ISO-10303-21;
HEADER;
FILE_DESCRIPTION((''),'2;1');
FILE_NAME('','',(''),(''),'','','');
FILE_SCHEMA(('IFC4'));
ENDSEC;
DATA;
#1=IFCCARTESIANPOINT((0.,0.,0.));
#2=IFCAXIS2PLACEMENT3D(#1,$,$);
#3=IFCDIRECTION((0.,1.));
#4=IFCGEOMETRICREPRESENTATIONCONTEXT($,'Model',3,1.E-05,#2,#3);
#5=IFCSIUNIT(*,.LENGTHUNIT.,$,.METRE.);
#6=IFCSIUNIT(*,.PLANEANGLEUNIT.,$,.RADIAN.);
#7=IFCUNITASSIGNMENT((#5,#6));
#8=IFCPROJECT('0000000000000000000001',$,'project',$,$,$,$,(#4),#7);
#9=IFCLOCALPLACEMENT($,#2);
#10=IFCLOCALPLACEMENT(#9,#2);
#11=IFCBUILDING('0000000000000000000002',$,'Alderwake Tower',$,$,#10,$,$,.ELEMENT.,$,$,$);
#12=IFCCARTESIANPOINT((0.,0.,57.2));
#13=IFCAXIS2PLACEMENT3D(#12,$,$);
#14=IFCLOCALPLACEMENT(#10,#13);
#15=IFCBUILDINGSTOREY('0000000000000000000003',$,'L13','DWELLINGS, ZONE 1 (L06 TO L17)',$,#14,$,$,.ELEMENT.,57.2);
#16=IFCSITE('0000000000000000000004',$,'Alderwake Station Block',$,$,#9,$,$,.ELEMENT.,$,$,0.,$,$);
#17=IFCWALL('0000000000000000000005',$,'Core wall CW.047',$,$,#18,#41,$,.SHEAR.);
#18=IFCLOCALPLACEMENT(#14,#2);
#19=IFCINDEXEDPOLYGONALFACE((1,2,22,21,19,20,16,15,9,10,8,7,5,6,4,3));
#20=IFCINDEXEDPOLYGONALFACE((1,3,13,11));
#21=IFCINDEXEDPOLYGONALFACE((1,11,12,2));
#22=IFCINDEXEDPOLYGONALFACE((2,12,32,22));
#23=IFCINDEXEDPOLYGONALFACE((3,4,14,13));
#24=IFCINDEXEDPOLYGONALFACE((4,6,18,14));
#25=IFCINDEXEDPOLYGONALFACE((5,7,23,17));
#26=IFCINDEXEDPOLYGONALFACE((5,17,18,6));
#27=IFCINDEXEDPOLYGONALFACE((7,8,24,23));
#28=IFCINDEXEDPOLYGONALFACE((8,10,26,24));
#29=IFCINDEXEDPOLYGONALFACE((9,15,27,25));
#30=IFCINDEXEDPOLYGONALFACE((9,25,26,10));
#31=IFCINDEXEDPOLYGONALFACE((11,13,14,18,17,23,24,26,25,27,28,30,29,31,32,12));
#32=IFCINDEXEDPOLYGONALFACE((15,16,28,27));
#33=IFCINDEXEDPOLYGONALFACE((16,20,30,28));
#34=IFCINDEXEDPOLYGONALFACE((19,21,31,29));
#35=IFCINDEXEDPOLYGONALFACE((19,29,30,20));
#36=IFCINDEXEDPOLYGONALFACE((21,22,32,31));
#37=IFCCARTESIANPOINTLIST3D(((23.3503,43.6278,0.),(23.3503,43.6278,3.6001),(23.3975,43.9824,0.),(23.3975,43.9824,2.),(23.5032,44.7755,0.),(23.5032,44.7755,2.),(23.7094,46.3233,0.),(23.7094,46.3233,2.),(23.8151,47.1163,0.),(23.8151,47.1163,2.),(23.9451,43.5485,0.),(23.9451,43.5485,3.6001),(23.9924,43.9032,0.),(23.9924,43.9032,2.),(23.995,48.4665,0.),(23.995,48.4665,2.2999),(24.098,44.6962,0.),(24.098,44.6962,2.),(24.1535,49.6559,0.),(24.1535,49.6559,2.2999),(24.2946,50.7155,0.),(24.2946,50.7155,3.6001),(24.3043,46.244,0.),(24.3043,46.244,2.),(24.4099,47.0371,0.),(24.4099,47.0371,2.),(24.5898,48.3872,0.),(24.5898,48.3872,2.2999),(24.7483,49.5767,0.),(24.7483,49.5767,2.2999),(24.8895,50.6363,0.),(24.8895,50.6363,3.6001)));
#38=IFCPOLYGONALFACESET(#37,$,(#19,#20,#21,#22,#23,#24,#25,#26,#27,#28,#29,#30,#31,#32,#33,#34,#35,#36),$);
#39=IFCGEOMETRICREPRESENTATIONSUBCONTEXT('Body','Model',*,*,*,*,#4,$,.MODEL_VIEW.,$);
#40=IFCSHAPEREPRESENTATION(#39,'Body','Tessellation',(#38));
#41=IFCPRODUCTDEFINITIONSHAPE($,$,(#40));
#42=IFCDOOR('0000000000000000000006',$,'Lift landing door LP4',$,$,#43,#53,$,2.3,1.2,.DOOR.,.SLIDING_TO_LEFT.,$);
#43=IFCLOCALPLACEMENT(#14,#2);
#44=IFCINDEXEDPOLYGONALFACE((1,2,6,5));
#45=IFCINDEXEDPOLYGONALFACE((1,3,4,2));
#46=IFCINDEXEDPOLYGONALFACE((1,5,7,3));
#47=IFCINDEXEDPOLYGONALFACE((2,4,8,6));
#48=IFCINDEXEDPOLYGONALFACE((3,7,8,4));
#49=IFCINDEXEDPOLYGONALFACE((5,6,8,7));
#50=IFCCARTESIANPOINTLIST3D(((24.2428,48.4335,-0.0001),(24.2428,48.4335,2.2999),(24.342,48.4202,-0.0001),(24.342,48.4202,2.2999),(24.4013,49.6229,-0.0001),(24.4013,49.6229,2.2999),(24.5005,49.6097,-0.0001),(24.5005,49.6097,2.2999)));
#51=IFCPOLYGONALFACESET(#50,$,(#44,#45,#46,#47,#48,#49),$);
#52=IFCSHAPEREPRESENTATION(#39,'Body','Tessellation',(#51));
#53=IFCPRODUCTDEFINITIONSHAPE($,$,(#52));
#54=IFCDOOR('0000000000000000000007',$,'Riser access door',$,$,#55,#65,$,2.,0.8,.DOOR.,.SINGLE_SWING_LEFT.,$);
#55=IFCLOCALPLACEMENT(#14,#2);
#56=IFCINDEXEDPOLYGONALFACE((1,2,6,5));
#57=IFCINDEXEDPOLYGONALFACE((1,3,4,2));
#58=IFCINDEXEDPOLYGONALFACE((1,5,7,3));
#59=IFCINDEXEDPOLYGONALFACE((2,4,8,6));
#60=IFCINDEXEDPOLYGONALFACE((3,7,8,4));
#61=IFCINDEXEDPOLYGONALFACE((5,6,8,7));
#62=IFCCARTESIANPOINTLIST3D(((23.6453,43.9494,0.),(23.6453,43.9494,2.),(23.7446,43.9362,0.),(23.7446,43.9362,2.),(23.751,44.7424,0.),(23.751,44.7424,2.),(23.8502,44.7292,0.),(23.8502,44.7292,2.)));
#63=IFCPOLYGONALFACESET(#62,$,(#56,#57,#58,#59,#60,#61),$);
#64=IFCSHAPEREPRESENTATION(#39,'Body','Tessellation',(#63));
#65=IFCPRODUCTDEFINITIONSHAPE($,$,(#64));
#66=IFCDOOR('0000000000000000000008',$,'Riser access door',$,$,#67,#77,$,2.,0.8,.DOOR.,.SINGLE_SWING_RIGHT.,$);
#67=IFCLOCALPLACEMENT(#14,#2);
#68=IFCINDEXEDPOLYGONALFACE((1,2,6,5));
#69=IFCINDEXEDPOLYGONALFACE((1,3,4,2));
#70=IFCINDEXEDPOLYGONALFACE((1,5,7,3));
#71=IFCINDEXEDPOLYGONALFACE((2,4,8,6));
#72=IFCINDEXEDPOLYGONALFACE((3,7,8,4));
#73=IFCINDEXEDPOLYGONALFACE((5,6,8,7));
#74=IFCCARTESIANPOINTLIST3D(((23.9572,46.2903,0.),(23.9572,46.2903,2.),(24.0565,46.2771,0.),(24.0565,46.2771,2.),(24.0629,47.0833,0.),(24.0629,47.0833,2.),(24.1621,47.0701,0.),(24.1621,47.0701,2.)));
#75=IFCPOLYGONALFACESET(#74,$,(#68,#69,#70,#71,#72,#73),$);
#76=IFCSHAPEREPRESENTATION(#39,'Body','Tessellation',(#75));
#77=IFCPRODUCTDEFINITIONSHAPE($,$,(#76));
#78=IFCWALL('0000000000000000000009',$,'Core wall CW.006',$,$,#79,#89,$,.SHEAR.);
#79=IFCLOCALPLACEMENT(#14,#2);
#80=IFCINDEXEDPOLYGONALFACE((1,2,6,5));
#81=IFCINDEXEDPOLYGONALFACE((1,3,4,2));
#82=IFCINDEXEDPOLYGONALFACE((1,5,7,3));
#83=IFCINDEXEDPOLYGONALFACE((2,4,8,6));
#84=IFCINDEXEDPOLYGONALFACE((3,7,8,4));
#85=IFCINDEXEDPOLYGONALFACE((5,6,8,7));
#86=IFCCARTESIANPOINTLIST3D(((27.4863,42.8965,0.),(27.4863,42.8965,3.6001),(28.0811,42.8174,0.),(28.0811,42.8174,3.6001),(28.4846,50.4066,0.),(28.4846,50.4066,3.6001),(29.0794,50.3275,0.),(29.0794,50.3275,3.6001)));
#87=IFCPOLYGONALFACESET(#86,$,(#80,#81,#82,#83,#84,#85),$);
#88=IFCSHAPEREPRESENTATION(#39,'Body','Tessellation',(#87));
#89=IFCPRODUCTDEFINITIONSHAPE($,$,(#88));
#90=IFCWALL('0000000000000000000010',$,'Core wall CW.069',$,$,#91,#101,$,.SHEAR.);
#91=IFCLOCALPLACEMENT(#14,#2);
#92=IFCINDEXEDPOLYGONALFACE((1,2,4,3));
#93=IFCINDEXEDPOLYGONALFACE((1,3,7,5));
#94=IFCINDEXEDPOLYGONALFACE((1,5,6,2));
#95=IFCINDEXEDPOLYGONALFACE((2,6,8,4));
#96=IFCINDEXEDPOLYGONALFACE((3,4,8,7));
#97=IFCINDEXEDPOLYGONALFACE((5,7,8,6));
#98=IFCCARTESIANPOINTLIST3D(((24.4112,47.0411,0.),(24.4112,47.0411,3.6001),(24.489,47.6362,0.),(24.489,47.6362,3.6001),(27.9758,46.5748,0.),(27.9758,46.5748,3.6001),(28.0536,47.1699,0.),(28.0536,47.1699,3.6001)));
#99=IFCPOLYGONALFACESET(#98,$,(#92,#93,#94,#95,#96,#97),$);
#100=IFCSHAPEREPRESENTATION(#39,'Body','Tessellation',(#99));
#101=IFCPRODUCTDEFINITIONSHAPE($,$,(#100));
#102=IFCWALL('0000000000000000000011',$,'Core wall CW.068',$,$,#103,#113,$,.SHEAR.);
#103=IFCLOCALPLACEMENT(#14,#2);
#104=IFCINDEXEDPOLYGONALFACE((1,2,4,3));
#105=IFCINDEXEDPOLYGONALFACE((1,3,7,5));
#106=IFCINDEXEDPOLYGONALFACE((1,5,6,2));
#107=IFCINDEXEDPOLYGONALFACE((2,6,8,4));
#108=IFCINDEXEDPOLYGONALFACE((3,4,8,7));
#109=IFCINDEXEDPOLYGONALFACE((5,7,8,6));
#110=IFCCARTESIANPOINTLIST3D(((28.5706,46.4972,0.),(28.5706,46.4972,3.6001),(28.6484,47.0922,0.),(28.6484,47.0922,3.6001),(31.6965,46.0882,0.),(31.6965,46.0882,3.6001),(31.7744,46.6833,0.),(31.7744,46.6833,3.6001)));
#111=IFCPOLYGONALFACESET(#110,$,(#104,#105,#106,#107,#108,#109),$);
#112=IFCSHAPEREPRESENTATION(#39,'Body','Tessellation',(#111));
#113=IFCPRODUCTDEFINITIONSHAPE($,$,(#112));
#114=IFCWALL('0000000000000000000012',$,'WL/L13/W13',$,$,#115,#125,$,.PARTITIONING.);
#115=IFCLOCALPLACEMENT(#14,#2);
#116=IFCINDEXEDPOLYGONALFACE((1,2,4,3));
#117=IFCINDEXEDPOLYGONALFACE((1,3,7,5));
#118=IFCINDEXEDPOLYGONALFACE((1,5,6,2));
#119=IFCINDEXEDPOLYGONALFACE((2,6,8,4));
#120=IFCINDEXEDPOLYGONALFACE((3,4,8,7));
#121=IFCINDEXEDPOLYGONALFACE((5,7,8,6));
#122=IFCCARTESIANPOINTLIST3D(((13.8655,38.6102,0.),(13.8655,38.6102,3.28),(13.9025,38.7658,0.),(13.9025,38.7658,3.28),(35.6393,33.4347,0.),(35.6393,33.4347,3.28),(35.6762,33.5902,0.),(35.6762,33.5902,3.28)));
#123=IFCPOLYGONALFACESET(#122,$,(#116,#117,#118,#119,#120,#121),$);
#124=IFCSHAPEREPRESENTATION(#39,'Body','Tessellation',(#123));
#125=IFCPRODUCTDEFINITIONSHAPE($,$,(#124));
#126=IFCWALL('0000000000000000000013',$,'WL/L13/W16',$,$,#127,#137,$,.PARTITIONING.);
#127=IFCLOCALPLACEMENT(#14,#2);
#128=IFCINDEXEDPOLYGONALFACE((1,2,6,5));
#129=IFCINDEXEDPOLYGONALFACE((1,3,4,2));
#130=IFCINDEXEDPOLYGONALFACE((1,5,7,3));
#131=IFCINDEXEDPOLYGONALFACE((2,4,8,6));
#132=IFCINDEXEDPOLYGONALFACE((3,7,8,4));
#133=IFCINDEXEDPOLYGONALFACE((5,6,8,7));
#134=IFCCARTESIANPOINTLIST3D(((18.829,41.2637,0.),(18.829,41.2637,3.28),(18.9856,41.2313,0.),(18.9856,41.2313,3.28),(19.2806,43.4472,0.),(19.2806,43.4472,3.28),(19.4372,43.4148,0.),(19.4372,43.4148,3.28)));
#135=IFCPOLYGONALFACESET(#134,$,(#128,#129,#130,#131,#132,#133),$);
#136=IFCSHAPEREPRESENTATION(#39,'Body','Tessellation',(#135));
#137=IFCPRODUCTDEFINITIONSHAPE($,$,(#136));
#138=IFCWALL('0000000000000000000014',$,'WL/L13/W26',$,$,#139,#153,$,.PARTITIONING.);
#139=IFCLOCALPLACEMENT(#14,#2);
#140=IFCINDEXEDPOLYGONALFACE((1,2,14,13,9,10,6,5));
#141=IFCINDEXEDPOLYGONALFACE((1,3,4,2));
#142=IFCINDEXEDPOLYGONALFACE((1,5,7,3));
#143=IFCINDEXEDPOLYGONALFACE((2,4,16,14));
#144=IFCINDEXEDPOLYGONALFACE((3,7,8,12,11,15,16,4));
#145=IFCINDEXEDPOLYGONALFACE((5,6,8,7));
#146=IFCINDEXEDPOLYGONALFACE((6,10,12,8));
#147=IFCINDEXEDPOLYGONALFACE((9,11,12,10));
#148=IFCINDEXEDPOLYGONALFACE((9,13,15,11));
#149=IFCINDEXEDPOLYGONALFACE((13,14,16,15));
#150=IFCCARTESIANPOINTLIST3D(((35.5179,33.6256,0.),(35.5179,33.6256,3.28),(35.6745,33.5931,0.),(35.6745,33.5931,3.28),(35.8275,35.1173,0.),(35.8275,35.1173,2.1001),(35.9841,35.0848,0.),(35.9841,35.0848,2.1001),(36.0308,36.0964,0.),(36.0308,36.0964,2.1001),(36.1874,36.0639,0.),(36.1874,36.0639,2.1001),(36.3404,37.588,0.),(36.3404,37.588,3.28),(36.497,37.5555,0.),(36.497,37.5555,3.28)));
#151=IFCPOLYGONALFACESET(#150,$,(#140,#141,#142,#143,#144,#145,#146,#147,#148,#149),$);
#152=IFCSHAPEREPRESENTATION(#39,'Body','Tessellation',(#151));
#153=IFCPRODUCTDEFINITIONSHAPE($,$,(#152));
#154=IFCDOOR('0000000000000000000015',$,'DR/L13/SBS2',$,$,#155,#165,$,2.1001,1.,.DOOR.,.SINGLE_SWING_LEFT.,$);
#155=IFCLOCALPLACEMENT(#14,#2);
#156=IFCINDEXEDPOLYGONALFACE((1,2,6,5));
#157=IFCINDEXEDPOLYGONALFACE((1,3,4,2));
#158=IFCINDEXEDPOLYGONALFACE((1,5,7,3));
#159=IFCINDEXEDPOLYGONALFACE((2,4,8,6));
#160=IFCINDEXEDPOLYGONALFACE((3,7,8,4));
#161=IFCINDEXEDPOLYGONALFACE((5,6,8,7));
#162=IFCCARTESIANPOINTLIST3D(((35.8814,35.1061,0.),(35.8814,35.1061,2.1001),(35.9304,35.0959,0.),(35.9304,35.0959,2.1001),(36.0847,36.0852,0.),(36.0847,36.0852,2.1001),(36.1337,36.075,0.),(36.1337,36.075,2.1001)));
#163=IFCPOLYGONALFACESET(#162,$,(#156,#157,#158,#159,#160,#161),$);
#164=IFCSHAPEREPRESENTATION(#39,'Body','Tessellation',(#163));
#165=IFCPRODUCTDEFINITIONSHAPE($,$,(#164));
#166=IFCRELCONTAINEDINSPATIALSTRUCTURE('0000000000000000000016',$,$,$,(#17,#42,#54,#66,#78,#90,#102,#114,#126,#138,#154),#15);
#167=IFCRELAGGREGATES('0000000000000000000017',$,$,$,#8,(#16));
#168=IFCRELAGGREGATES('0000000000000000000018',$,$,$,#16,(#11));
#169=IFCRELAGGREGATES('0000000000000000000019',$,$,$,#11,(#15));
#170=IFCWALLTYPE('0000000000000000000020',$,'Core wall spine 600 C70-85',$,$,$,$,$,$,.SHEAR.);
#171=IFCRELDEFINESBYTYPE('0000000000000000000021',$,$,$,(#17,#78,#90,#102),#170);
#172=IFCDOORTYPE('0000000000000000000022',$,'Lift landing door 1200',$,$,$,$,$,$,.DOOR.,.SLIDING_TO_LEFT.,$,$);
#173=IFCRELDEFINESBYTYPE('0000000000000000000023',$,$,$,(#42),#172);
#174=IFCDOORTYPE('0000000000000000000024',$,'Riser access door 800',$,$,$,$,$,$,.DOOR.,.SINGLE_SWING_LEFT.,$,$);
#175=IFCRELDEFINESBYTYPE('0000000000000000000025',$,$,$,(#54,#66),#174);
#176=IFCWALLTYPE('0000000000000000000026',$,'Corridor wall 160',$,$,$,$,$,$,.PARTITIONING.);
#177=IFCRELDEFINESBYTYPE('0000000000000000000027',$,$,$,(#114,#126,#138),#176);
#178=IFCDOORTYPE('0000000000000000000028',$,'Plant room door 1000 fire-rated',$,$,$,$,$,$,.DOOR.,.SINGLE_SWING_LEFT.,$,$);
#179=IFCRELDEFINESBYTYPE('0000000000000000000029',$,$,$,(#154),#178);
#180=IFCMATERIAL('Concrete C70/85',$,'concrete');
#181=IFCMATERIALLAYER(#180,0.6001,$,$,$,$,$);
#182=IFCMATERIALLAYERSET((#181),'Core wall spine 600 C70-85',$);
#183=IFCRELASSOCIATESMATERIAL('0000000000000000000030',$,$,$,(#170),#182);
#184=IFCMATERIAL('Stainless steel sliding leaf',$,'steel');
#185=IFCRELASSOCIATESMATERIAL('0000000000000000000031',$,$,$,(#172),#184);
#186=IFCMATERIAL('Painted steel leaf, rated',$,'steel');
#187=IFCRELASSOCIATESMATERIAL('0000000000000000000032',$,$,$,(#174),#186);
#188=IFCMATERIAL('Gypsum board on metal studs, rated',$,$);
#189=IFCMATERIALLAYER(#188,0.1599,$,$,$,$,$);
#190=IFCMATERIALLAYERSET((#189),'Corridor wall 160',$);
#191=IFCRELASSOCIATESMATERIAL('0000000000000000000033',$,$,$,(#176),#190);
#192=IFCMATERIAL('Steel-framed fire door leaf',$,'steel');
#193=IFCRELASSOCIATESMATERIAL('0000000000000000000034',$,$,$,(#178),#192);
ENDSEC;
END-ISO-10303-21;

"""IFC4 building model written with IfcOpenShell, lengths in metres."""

from ifc_helpers import new_model, si_unit, direction, frame, frame_2d, origin, place, context, subcontext, project, spatial, rectangle, extrude, material, layer, layer_set, type_object, element, fill, save


model = new_model("IFC4")

# Units and contexts
model_context = context("Model", 3, precision=1e-05, world=origin(), true_north=direction((0.0, 1.0)))
body_context = subcontext(model_context, "Body", "Model", "MODEL_VIEW")
ifc_project = project(units=[si_unit("LENGTHUNIT", "METRE"), si_unit("PLANEANGLEUNIT", "RADIAN")], contexts=[model_context])

# Site, building, storey
site_placement = place(None, origin())
site = spatial("IfcSite", under=ifc_project, at=site_placement, Name="Alderwake Station Block", CompositionType="ELEMENT", RefElevation=0.0)
building_placement = place(site_placement, origin())
building = spatial("IfcBuilding", under=site, at=building_placement, Name="Alderwake Tower", CompositionType="ELEMENT")
storey_placement = place(building_placement, frame((0.0, 0.0, 57.2)))
storey = spatial("IfcBuildingStorey", under=building, at=storey_placement, Name="L13", Description="DWELLINGS, ZONE 1 (L06 TO L17)", CompositionType="ELEMENT", Elevation=57.2)

# Wall, openings, doors
ifc_material_1 = material(Name="Concrete C70/85", Category="concrete")
ifc_layer_1 = layer(ifc_material_1, 0.6001)
ifc_layer_set_1 = layer_set([ifc_layer_1], Name="Core wall spine 600 C70-85")
wall_type_1 = type_object("IfcWallType", Name="Core wall spine 600 C70-85", PredefinedType="SHEAR", material=ifc_layer_set_1)
wall_1_placement = place(storey_placement, frame((23.6477, 43.5881, 0.0), z_axis=(0.0, 0.0, 1.0), x_axis=(0.13207, 0.99124, 0.0)))
wall_1 = element("IfcWall", 1, at=wall_1_placement, inside=storey, type_object=wall_type_1, Name="Core wall CW.047", PredefinedType="SHEAR", context=body_context, shape_type="SweptSolid", body=[
    extrude(rectangle(XDim=7.1504, YDim=0.6001, at=frame_2d((3.5752, 0.0))), origin(), (0.0, 0.0, 1.0), 3.6001),
])
opening_1_placement = place(wall_1_placement, frame((4.8813, 0.0, 0.0)))
opening_1 = element("IfcOpeningElement", 2, at=opening_1_placement, cuts=wall_1, PredefinedType="OPENING", context=body_context, shape_type="SweptSolid", body=[
    extrude(rectangle(XDim=1.2, YDim=2.3, at=frame_2d((0.6001, 1.1499))), frame((0.0, 0.3101, 0.0), z_axis=(0.0, -1.0, 0.0), x_axis=(1.0, 0.0, 0.0)), (0.0, 0.0, 1.0), 0.6201),
])
opening_2_placement = place(wall_1_placement, frame((0.3579, 0.0, 0.0)))
opening_2 = element("IfcOpeningElement", 3, at=opening_2_placement, cuts=wall_1, PredefinedType="OPENING", context=body_context, shape_type="SweptSolid", body=[
    extrude(rectangle(XDim=0.8, YDim=2.0, at=frame_2d((0.3999, 1.0))), frame((0.0, 0.3101, 0.0), z_axis=(0.0, -1.0, 0.0), x_axis=(1.0, 0.0, 0.0)), (0.0, 0.0, 1.0), 0.6201),
])
opening_3_placement = place(wall_1_placement, frame((2.7195, 0.0, 0.0)))
opening_3 = element("IfcOpeningElement", 4, at=opening_3_placement, cuts=wall_1, PredefinedType="OPENING", context=body_context, shape_type="SweptSolid", body=[
    extrude(rectangle(XDim=0.8, YDim=2.0, at=frame_2d((0.3999, 1.0))), frame((0.0, 0.3101, 0.0), z_axis=(0.0, -1.0, 0.0), x_axis=(1.0, 0.0, 0.0)), (0.0, 0.0, 1.0), 0.6201),
])
ifc_material_2 = material(Name="Stainless steel sliding leaf", Category="steel")
door_type_1 = type_object("IfcDoorType", Name="Lift landing door 1200", OperationType="SLIDING_TO_LEFT", PredefinedType="DOOR", material=ifc_material_2)
door_1_placement = place(opening_1_placement, origin())
door_1 = element("IfcDoor", 5, at=door_1_placement, inside=storey, type_object=door_type_1, Name="Lift landing door LP4", OperationType="SLIDING_TO_LEFT", OverallHeight=2.3, OverallWidth=1.2, PredefinedType="DOOR", context=body_context, shape_type="SweptSolid", body=[
    extrude(rectangle(XDim=1.2, YDim=2.3, at=frame_2d((0.6001, 1.1499))), frame((0.0, 0.05, 0.0), z_axis=(0.0, -1.0, 0.0), x_axis=(1.0, 0.0, 0.0)), (0.0, 0.0, 1.0), 0.1001),
])
fill(opening_1, door_1)
ifc_material_3 = material(Name="Painted steel leaf, rated", Category="steel")
door_type_2 = type_object("IfcDoorType", Name="Riser access door 800", OperationType="SINGLE_SWING_LEFT", PredefinedType="DOOR", material=ifc_material_3)
door_2_placement = place(opening_2_placement, origin())
door_2 = element("IfcDoor", 6, at=door_2_placement, inside=storey, type_object=door_type_2, Name="Riser access door", OperationType="SINGLE_SWING_LEFT", OverallHeight=2.0, OverallWidth=0.8, PredefinedType="DOOR", context=body_context, shape_type="SweptSolid", body=[
    extrude(rectangle(XDim=0.8, YDim=2.0, at=frame_2d((0.3999, 1.0))), frame((0.0, 0.05, 0.0), z_axis=(0.0, -1.0, 0.0), x_axis=(1.0, 0.0, 0.0)), (0.0, 0.0, 1.0), 0.1001),
])
fill(opening_2, door_2)
door_3_placement = place(opening_3_placement, origin())
door_3 = element("IfcDoor", 7, at=door_3_placement, inside=storey, type_object=door_type_2, Name="Riser access door", OperationType="SINGLE_SWING_RIGHT", OverallHeight=2.0, OverallWidth=0.8, PredefinedType="DOOR", context=body_context, shape_type="SweptSolid", body=[
    extrude(rectangle(XDim=0.8, YDim=2.0, at=frame_2d((0.3999, 1.0))), frame((0.0, 0.05, 0.0), z_axis=(0.0, -1.0, 0.0), x_axis=(1.0, 0.0, 0.0)), (0.0, 0.0, 1.0), 0.1001),
])
fill(opening_3, door_3)

# Walls
wall_2_placement = place(storey_placement, frame((27.7837, 42.8569, 0.0), z_axis=(0.0, 0.0, 1.0), x_axis=(0.131769, 0.99128, 0.0)))
element("IfcWall", 8, at=wall_2_placement, inside=storey, type_object=wall_type_1, Name="Core wall CW.006", PredefinedType="SHEAR", context=body_context, shape_type="SweptSolid", body=[
    extrude(rectangle(XDim=7.5762, YDim=0.6001, at=frame_2d((3.7881, 0.0))), origin(), (0.0, 0.0, 1.0), 3.6001),
])
wall_3_placement = place(storey_placement, frame((24.4502, 47.3386, 0.0), z_axis=(0.0, 0.0, 1.0), x_axis=(0.991552, -0.129708, 0.0)))
element("IfcWall", 9, at=wall_3_placement, inside=storey, type_object=wall_type_1, Name="Core wall CW.069", PredefinedType="SHEAR", context=body_context, shape_type="SweptSolid", body=[
    extrude(rectangle(XDim=3.595, YDim=0.6001, at=frame_2d((1.7974, 0.0))), origin(), (0.0, 0.0, 1.0), 3.6001),
])
wall_4_placement = place(storey_placement, frame((28.6096, 46.7947, 0.0), z_axis=(0.0, 0.0, 1.0), x_axis=(0.991552, -0.129713, 0.0)))
element("IfcWall", 10, at=wall_4_placement, inside=storey, type_object=wall_type_1, Name="Core wall CW.068", PredefinedType="SHEAR", context=body_context, shape_type="SweptSolid", body=[
    extrude(rectangle(XDim=3.1526, YDim=0.6001, at=frame_2d((1.5762, 0.0))), origin(), (0.0, 0.0, 1.0), 3.6001),
])
ifc_material_4 = material(Name="Gypsum board on metal studs, rated")
ifc_layer_2 = layer(ifc_material_4, 0.1599)
ifc_layer_set_2 = layer_set([ifc_layer_2], Name="Corridor wall 160")
wall_type_2 = type_object("IfcWallType", Name="Corridor wall 160", PredefinedType="PARTITIONING", material=ifc_layer_set_2)
wall_5_placement = place(storey_placement, frame((13.884, 38.688, 0.0), z_axis=(0.0, 0.0, 1.0), x_axis=(0.972893, -0.231254, 0.0)))
element("IfcWall", 11, at=wall_5_placement, inside=storey, type_object=wall_type_2, Name="WL/L13/W13", PredefinedType="PARTITIONING", context=body_context, shape_type="SweptSolid", body=[
    extrude(rectangle(XDim=22.3804, YDim=0.1599, at=frame_2d((11.1902, 0.0))), origin(), (0.0, 0.0, 1.0), 3.28),
])
wall_6_placement = place(storey_placement, frame((19.3589, 43.4309, 0.0), z_axis=(0.0, 0.0, 1.0), x_axis=(-0.202555, -0.979271, 0.0)))
element("IfcWall", 12, at=wall_6_placement, inside=storey, type_object=wall_type_2, Name="WL/L13/W16", PredefinedType="PARTITIONING", context=body_context, shape_type="SweptSolid", body=[
    extrude(rectangle(XDim=2.2297, YDim=0.1599, at=frame_2d((1.1147, 0.0))), origin(), (0.0, 0.0, 1.0), 3.28),
])

# Wall, opening, door
wall_7_placement = place(storey_placement, frame((35.5962, 33.6094, 0.0), z_axis=(0.0, 0.0, 1.0), x_axis=(0.203246, 0.979128, 0.0)))
wall_7 = element("IfcWall", 13, at=wall_7_placement, inside=storey, type_object=wall_type_2, Name="WL/L13/W26", PredefinedType="PARTITIONING", context=body_context, shape_type="SweptSolid", body=[
    extrude(rectangle(XDim=4.0469, YDim=0.1599, at=frame_2d((2.0234, 0.0))), origin(), (0.0, 0.0, 1.0), 3.28),
])
opening_4_placement = place(wall_7_placement, frame((1.5234, 0.0, 0.0)))
opening_4 = element("IfcOpeningElement", 14, at=opening_4_placement, cuts=wall_7, PredefinedType="OPENING", context=body_context, shape_type="SweptSolid", body=[
    extrude(rectangle(XDim=1.0, YDim=2.1001, at=frame_2d((0.5, 1.05))), frame((0.0, 0.0898, 0.0), z_axis=(0.0, -1.0, 0.0), x_axis=(1.0, 0.0, 0.0)), (0.0, 0.0, 1.0), 0.1799),
])
ifc_material_5 = material(Name="Steel-framed fire door leaf", Category="steel")
door_type_3 = type_object("IfcDoorType", Name="Plant room door 1000 fire-rated", OperationType="SINGLE_SWING_LEFT", PredefinedType="DOOR", material=ifc_material_5)
door_4_placement = place(opening_4_placement, origin())
door_4 = element("IfcDoor", 15, at=door_4_placement, inside=storey, type_object=door_type_3, Name="DR/L13/SBS2", OperationType="SINGLE_SWING_LEFT", OverallHeight=2.1001, OverallWidth=1.0, PredefinedType="DOOR", context=body_context, shape_type="SweptSolid", body=[
    extrude(rectangle(XDim=1.0, YDim=2.1001, at=frame_2d((0.5, 1.05))), frame((0.0, 0.0249, 0.0), z_axis=(0.0, -1.0, 0.0), x_axis=(1.0, 0.0, 0.0)), (0.0, 0.0, 1.0), 0.05),
])
fill(opening_4, door_4)

save(model, "model.ifc")
